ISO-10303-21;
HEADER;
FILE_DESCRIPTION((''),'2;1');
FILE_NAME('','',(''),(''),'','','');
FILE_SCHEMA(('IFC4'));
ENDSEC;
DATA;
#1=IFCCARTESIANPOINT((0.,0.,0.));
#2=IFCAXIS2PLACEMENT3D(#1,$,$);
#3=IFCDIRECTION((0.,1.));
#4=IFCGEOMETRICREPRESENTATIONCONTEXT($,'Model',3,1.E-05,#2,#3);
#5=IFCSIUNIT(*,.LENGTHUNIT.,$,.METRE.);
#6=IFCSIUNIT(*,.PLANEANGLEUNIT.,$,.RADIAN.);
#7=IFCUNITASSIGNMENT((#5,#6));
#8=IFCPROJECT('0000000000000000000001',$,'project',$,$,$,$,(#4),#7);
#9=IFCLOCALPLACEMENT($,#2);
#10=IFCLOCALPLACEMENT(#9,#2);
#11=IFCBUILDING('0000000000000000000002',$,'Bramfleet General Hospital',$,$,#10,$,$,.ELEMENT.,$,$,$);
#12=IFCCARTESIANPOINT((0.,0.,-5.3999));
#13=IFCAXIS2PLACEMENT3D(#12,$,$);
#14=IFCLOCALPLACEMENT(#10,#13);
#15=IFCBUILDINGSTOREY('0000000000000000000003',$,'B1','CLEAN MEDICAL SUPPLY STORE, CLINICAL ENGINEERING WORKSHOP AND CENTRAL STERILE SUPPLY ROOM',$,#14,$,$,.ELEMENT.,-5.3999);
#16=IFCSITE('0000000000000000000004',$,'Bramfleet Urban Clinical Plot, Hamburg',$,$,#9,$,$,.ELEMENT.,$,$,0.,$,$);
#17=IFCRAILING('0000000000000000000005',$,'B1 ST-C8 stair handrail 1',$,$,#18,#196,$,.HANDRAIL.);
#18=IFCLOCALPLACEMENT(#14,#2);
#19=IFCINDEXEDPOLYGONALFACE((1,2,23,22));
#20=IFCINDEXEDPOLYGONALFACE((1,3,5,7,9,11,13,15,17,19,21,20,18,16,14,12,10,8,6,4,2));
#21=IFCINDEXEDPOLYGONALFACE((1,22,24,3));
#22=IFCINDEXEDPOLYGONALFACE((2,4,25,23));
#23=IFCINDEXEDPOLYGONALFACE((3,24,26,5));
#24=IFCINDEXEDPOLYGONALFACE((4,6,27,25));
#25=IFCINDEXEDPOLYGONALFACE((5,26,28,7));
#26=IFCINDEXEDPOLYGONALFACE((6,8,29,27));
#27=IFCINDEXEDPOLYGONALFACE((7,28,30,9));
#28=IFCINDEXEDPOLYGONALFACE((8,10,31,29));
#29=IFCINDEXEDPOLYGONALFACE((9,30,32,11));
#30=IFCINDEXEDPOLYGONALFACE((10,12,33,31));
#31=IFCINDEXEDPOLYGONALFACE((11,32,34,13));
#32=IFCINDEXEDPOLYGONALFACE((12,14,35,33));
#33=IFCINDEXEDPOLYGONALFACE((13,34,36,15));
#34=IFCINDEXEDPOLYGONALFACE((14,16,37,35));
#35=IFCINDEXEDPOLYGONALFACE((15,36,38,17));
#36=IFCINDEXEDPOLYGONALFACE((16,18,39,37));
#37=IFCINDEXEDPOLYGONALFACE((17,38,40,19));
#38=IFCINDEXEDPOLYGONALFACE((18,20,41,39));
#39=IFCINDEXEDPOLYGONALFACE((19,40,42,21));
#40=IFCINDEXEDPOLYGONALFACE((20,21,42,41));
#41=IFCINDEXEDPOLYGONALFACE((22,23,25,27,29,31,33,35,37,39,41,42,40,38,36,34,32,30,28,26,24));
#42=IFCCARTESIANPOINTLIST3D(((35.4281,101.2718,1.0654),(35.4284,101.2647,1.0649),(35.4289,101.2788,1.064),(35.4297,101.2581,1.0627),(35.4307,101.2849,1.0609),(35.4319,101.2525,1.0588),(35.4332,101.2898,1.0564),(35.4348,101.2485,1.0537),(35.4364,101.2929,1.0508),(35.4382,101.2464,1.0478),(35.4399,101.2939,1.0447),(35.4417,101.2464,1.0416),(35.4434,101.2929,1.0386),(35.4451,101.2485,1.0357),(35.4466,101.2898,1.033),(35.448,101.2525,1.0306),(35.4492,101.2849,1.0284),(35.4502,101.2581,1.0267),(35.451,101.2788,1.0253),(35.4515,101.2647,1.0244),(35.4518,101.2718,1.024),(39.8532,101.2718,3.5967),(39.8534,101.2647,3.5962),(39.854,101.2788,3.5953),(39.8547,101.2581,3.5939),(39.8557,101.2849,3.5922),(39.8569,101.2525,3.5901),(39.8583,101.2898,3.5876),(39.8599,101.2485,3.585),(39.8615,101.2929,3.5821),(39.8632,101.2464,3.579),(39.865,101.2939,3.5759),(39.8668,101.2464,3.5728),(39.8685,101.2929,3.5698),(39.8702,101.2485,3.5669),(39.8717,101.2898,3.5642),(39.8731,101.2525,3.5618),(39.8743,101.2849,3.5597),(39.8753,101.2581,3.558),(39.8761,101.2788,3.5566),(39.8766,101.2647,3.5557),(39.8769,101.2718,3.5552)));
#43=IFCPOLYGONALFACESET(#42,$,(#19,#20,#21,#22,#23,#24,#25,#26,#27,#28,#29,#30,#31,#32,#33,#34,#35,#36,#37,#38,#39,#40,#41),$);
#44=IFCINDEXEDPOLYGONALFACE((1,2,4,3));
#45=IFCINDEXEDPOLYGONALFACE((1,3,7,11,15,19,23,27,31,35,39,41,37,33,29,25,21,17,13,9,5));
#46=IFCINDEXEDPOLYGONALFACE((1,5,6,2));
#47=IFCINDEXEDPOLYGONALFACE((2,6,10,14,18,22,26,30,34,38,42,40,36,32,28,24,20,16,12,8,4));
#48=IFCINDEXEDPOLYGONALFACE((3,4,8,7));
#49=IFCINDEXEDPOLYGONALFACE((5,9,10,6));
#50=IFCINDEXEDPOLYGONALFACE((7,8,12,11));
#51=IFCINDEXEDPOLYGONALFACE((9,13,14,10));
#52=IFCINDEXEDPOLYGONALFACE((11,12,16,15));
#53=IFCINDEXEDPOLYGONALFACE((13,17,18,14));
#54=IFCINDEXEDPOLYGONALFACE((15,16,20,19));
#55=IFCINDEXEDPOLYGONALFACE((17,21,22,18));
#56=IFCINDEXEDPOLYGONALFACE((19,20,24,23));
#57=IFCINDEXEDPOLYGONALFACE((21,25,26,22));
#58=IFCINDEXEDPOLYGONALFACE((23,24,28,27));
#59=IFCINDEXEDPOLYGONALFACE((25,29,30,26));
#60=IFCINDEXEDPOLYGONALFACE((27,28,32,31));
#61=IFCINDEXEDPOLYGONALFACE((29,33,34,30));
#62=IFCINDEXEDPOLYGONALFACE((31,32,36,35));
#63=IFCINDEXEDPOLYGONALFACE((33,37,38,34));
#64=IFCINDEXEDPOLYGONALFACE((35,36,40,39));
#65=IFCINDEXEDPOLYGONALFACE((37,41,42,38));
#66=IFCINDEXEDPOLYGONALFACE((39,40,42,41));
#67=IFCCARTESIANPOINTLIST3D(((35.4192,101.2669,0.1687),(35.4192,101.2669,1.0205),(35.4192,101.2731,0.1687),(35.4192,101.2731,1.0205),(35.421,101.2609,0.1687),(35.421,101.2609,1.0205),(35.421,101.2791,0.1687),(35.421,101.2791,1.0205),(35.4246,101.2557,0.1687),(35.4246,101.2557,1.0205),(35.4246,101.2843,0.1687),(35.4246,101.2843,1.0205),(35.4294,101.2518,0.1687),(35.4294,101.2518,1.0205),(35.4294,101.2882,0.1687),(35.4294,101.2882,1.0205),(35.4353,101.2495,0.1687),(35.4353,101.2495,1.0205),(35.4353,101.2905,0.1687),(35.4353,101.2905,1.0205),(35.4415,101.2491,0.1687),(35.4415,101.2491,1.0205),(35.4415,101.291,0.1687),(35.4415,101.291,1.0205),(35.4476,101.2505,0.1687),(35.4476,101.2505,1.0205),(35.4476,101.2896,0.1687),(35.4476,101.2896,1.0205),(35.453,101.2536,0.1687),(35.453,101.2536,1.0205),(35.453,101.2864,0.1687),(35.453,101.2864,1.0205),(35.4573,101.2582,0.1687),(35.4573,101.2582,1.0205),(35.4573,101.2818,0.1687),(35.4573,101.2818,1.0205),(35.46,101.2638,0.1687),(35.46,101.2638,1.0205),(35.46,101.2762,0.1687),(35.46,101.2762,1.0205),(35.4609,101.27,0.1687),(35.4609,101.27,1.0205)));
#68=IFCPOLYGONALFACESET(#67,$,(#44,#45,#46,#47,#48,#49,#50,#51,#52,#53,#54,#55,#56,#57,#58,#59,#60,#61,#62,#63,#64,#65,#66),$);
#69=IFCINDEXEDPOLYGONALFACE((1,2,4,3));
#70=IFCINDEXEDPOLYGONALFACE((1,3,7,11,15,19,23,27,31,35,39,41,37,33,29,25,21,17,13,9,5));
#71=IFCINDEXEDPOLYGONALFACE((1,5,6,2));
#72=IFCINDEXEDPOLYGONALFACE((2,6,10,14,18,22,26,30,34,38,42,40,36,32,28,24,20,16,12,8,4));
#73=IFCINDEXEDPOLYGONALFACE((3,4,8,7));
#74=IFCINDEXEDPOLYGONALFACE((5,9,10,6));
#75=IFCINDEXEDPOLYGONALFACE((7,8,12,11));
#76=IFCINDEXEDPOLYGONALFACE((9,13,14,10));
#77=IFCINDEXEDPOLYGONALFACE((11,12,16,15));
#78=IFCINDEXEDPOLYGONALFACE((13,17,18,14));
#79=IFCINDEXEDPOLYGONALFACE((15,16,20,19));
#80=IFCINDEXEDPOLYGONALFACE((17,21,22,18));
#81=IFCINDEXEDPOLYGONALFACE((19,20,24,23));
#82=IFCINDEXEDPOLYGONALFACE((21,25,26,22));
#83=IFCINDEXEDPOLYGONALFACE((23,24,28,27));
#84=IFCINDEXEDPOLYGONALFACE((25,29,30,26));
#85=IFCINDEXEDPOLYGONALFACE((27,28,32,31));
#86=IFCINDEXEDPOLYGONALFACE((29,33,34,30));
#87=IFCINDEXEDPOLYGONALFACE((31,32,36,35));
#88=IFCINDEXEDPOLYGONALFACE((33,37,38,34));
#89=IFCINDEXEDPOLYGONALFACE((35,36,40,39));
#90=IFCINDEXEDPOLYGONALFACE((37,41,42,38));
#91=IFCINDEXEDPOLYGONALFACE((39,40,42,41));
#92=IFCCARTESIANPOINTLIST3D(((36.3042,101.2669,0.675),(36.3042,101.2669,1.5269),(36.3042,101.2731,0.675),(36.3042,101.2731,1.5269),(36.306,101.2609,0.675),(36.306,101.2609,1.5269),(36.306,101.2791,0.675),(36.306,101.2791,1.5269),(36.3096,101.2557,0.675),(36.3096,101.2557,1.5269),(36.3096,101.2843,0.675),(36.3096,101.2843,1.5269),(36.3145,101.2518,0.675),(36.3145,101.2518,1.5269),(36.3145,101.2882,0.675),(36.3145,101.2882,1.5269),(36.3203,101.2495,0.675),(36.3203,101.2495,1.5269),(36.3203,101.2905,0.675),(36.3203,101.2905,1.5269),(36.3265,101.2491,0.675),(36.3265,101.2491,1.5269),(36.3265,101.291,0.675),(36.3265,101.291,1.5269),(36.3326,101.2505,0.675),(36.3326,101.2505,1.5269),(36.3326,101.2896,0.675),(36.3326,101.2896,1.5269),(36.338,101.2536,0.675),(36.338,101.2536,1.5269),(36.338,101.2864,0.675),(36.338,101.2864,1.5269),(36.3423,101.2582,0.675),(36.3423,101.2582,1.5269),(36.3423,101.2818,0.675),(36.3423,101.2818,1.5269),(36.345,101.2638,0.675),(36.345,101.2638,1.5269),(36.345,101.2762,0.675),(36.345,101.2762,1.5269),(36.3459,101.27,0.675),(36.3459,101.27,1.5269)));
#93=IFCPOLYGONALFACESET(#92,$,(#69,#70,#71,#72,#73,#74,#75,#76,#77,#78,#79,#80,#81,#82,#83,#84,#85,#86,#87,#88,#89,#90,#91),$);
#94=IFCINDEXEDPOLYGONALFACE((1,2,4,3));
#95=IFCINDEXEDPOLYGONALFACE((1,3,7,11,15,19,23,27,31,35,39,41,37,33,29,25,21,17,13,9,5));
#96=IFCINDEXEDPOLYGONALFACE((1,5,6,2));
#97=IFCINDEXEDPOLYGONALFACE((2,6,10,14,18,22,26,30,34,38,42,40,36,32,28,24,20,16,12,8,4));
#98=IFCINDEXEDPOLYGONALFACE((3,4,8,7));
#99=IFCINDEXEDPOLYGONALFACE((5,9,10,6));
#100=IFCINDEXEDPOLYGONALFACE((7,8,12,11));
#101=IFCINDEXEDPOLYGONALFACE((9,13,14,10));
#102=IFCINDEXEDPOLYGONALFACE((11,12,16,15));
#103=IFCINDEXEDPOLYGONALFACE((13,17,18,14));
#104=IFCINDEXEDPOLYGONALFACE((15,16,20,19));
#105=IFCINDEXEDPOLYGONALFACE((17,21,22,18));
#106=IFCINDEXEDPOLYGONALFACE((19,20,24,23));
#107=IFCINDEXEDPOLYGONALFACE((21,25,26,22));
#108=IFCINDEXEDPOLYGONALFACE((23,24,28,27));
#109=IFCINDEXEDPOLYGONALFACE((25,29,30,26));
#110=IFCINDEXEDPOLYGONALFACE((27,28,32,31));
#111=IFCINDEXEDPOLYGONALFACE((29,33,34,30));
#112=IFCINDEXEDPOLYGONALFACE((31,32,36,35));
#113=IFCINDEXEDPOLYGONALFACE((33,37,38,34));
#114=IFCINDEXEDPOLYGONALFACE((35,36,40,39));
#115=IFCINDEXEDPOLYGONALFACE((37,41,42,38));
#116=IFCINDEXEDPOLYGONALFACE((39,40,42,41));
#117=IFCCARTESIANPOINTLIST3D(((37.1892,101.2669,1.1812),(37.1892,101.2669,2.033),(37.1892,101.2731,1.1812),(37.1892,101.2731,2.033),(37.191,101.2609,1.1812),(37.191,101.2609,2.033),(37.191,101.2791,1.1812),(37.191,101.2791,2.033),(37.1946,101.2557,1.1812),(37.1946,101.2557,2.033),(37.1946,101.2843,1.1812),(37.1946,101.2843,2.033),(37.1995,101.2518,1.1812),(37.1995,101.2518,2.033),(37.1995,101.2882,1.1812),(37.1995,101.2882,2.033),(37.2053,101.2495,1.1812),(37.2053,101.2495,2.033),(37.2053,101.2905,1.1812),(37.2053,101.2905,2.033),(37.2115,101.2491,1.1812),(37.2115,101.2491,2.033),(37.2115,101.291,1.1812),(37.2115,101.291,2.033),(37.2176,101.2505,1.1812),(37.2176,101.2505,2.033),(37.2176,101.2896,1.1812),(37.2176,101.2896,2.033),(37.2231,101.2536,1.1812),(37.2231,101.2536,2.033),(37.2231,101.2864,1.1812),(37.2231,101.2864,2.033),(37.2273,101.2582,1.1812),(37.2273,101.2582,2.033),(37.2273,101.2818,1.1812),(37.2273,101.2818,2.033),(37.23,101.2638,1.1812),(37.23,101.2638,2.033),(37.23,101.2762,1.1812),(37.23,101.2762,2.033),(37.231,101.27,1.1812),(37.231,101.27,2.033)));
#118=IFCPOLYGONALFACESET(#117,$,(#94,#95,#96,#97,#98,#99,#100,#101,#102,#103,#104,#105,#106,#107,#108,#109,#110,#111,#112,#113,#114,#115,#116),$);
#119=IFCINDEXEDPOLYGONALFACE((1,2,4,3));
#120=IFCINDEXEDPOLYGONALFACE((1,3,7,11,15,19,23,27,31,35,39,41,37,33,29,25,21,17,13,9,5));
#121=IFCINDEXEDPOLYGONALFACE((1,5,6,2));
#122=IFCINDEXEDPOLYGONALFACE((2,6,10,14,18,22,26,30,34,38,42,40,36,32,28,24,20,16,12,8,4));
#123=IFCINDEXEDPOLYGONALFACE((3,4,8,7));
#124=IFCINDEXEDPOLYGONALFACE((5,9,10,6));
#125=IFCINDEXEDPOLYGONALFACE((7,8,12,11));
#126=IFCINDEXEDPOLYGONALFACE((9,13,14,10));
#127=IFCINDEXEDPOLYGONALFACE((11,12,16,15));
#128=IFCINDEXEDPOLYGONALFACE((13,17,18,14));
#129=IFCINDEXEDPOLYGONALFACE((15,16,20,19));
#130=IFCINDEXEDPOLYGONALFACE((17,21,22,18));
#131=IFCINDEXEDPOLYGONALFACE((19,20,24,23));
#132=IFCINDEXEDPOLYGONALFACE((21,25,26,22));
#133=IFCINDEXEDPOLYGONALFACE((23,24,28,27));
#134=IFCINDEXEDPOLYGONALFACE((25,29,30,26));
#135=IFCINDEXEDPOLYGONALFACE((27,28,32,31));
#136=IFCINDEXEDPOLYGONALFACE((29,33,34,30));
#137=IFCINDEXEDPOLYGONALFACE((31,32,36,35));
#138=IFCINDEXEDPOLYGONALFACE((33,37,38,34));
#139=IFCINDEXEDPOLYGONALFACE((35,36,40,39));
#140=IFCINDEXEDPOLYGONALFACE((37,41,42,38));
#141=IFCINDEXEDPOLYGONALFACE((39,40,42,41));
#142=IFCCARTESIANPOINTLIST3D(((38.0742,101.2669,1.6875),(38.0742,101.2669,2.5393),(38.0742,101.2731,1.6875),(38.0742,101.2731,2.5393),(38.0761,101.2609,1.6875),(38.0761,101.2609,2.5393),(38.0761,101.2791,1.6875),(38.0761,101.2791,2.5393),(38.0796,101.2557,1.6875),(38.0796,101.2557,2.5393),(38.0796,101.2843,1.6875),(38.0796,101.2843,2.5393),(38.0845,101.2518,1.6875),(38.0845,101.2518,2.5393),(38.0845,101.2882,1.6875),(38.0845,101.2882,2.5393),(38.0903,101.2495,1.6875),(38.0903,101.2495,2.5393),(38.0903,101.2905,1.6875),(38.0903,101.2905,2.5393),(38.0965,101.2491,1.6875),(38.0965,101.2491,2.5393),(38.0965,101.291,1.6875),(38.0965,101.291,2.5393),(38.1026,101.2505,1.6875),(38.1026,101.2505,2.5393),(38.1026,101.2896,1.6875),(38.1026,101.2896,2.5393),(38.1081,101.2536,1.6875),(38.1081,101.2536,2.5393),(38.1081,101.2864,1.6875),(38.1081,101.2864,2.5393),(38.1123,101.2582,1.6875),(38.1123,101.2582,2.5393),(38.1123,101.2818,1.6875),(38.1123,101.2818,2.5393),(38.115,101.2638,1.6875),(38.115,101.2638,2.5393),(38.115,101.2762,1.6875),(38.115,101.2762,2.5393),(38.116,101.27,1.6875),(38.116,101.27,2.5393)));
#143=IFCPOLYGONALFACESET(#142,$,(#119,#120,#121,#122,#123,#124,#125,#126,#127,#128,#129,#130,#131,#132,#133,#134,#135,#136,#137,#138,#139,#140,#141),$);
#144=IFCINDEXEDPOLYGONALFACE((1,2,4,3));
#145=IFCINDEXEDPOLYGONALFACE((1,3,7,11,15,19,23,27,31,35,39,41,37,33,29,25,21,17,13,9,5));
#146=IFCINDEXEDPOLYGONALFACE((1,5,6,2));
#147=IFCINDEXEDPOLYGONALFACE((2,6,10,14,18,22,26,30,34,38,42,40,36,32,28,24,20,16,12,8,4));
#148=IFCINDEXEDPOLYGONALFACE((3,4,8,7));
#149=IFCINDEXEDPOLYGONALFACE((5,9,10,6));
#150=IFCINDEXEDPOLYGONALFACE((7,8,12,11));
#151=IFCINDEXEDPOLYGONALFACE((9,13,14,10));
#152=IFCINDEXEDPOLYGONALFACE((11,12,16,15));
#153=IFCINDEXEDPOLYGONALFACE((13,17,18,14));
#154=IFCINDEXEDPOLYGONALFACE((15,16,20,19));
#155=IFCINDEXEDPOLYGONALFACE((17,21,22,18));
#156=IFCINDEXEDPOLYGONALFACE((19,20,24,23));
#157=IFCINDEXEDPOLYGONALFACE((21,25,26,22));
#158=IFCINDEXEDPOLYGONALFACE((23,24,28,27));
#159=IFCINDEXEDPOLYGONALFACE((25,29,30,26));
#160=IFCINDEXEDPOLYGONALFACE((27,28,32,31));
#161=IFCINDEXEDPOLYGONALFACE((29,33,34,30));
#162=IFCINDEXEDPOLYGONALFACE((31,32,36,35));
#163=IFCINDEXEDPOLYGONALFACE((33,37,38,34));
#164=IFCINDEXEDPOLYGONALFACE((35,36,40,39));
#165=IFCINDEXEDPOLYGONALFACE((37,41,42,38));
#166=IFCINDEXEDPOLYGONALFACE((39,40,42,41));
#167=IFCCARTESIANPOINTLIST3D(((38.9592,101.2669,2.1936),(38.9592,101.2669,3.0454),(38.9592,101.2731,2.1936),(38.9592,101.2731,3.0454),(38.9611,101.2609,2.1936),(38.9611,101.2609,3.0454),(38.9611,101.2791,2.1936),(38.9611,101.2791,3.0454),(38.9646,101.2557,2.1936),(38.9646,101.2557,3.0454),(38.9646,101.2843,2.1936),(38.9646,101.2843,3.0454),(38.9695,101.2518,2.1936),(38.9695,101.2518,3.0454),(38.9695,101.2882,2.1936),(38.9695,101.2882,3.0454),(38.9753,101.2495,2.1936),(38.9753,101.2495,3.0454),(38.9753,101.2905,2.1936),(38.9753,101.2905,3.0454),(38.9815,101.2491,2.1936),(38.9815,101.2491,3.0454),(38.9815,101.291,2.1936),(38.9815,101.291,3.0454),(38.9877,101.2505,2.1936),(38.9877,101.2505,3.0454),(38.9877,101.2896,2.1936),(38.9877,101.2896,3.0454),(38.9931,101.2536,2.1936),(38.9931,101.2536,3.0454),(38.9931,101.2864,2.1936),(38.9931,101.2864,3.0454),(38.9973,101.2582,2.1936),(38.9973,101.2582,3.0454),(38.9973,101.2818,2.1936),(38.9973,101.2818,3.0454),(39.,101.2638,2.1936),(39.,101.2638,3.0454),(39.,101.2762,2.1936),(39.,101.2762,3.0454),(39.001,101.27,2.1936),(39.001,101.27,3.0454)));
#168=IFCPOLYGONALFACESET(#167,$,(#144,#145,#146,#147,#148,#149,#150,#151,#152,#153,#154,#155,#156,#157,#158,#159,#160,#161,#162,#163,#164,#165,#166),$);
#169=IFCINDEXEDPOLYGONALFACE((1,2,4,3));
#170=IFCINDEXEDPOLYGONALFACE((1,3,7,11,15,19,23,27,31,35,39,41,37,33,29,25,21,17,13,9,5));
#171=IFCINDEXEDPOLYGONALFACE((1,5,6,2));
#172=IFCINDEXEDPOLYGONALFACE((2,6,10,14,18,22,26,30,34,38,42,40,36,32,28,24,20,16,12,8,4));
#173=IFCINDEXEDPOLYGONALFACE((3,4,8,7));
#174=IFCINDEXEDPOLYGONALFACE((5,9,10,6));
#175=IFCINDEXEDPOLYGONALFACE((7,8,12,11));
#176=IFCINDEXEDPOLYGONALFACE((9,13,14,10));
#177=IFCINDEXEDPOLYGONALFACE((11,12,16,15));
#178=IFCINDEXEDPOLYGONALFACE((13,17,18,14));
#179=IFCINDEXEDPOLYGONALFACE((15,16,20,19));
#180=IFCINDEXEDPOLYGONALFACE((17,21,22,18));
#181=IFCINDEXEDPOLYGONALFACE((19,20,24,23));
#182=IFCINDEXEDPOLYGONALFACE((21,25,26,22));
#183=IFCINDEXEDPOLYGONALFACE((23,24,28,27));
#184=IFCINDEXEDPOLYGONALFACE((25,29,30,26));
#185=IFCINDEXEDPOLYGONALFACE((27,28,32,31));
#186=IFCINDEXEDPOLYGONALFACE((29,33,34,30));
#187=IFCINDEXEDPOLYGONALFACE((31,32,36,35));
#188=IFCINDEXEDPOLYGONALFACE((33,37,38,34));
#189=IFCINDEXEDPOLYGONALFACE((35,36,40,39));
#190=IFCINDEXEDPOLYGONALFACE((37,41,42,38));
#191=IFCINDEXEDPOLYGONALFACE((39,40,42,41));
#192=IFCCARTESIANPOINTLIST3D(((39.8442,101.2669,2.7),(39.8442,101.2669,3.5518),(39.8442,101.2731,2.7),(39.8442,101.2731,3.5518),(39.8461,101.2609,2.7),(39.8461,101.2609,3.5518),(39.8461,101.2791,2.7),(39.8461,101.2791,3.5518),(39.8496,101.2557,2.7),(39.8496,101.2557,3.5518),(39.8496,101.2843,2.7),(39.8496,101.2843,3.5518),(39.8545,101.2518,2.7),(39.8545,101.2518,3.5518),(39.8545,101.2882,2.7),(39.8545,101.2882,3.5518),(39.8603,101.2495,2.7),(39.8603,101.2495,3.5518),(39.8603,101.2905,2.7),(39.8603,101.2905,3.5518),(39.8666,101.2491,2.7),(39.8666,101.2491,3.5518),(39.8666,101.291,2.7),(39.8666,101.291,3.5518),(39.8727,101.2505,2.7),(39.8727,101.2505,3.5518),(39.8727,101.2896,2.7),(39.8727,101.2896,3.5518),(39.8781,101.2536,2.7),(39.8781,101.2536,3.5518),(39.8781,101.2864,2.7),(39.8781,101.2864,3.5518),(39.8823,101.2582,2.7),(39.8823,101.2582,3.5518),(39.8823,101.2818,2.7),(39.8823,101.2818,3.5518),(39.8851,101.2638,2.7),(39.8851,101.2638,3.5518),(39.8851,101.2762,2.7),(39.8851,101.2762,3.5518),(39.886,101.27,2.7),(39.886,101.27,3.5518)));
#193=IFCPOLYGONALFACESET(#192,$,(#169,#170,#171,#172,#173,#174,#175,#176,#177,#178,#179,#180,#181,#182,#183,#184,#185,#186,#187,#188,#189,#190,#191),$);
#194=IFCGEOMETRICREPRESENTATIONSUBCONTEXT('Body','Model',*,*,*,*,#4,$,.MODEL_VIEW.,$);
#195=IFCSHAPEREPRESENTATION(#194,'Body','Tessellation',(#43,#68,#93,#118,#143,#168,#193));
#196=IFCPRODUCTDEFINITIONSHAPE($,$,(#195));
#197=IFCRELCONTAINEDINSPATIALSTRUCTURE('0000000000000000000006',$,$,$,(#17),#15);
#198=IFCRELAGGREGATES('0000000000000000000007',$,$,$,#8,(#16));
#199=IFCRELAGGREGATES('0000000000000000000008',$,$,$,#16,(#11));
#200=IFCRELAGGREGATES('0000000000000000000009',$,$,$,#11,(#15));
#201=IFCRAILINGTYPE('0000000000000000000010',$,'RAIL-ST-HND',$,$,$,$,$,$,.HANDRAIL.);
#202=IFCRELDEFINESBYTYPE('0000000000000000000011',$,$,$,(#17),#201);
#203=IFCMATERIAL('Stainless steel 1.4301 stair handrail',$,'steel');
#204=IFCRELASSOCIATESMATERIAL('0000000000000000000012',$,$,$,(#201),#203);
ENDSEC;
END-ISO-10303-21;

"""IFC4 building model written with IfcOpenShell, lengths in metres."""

from ifc_helpers import new_model, si_unit, direction, frame, origin, origin_2d, place, context, subcontext, project, spatial, circle, extrude, material, type_object, element, save


model = new_model("IFC4")

# Units and contexts
model_context = context("Model", 3, precision=1e-05, world=origin(), true_north=direction((0.0, 1.0)))
body_context = subcontext(model_context, "Body", "Model", "MODEL_VIEW")
ifc_project = project(units=[si_unit("LENGTHUNIT", "METRE"), si_unit("PLANEANGLEUNIT", "RADIAN")], contexts=[model_context])

# Site, building, storey
site_placement = place(None, origin())
site = spatial("IfcSite", under=ifc_project, at=site_placement, Name="Bramfleet Urban Clinical Plot, Hamburg", CompositionType="ELEMENT", RefElevation=0.0)
building_placement = place(site_placement, origin())
building = spatial("IfcBuilding", under=site, at=building_placement, Name="Bramfleet General Hospital", CompositionType="ELEMENT")
storey_placement = place(building_placement, frame((0.0, 0.0, -5.3999)))
storey = spatial("IfcBuildingStorey", under=building, at=storey_placement, Name="B1", Description="CLEAN MEDICAL SUPPLY STORE, CLINICAL ENGINEERING WORKSHOP AND CENTRAL STERILE SUPPLY ROOM", CompositionType="ELEMENT", Elevation=-5.3999)

# Railing
ifc_material_1 = material(Name="Stainless steel 1.4301 stair handrail", Category="steel")
railing_type = type_object("IfcRailingType", Name="RAIL-ST-HND", PredefinedType="HANDRAIL", material=ifc_material_1)
railing_placement = place(storey_placement, frame((35.4399, 101.27, 0.1687)))
element("IfcRailing", 1, at=railing_placement, inside=storey, type_object=railing_type, Name="B1 ST-C8 stair handrail 1", PredefinedType="HANDRAIL", context=body_context, shape_type="SweptSolid", body=[
    extrude(circle(Radius=0.0239, at=origin_2d()), frame((0.0, 0.0, 0.876), z_axis=(0.868019, 0.0, 0.496531), x_axis=(0.0, 1.0, 0.0)), (0.0, 0.0, 1.0), 5.0979),
    extrude(circle(Radius=0.021, at=origin_2d()), origin(), (0.0, 0.0, 1.0), 0.8518),
    extrude(circle(Radius=0.021, at=origin_2d()), frame((0.885, 0.0, 0.5063)), (0.0, 0.0, 1.0), 0.8518),
    extrude(circle(Radius=0.021, at=origin_2d()), frame((1.77, 0.0, 1.0125)), (0.0, 0.0, 1.0), 0.8518),
    extrude(circle(Radius=0.021, at=origin_2d()), frame((2.655, 0.0, 1.5188)), (0.0, 0.0, 1.0), 0.8518),
    extrude(circle(Radius=0.021, at=origin_2d()), frame((3.54, 0.0, 2.0249)), (0.0, 0.0, 1.0), 0.8518),
    extrude(circle(Radius=0.021, at=origin_2d()), frame((4.425, 0.0, 2.5312)), (0.0, 0.0, 1.0), 0.8518),
])

save(model, "model.ifc")
